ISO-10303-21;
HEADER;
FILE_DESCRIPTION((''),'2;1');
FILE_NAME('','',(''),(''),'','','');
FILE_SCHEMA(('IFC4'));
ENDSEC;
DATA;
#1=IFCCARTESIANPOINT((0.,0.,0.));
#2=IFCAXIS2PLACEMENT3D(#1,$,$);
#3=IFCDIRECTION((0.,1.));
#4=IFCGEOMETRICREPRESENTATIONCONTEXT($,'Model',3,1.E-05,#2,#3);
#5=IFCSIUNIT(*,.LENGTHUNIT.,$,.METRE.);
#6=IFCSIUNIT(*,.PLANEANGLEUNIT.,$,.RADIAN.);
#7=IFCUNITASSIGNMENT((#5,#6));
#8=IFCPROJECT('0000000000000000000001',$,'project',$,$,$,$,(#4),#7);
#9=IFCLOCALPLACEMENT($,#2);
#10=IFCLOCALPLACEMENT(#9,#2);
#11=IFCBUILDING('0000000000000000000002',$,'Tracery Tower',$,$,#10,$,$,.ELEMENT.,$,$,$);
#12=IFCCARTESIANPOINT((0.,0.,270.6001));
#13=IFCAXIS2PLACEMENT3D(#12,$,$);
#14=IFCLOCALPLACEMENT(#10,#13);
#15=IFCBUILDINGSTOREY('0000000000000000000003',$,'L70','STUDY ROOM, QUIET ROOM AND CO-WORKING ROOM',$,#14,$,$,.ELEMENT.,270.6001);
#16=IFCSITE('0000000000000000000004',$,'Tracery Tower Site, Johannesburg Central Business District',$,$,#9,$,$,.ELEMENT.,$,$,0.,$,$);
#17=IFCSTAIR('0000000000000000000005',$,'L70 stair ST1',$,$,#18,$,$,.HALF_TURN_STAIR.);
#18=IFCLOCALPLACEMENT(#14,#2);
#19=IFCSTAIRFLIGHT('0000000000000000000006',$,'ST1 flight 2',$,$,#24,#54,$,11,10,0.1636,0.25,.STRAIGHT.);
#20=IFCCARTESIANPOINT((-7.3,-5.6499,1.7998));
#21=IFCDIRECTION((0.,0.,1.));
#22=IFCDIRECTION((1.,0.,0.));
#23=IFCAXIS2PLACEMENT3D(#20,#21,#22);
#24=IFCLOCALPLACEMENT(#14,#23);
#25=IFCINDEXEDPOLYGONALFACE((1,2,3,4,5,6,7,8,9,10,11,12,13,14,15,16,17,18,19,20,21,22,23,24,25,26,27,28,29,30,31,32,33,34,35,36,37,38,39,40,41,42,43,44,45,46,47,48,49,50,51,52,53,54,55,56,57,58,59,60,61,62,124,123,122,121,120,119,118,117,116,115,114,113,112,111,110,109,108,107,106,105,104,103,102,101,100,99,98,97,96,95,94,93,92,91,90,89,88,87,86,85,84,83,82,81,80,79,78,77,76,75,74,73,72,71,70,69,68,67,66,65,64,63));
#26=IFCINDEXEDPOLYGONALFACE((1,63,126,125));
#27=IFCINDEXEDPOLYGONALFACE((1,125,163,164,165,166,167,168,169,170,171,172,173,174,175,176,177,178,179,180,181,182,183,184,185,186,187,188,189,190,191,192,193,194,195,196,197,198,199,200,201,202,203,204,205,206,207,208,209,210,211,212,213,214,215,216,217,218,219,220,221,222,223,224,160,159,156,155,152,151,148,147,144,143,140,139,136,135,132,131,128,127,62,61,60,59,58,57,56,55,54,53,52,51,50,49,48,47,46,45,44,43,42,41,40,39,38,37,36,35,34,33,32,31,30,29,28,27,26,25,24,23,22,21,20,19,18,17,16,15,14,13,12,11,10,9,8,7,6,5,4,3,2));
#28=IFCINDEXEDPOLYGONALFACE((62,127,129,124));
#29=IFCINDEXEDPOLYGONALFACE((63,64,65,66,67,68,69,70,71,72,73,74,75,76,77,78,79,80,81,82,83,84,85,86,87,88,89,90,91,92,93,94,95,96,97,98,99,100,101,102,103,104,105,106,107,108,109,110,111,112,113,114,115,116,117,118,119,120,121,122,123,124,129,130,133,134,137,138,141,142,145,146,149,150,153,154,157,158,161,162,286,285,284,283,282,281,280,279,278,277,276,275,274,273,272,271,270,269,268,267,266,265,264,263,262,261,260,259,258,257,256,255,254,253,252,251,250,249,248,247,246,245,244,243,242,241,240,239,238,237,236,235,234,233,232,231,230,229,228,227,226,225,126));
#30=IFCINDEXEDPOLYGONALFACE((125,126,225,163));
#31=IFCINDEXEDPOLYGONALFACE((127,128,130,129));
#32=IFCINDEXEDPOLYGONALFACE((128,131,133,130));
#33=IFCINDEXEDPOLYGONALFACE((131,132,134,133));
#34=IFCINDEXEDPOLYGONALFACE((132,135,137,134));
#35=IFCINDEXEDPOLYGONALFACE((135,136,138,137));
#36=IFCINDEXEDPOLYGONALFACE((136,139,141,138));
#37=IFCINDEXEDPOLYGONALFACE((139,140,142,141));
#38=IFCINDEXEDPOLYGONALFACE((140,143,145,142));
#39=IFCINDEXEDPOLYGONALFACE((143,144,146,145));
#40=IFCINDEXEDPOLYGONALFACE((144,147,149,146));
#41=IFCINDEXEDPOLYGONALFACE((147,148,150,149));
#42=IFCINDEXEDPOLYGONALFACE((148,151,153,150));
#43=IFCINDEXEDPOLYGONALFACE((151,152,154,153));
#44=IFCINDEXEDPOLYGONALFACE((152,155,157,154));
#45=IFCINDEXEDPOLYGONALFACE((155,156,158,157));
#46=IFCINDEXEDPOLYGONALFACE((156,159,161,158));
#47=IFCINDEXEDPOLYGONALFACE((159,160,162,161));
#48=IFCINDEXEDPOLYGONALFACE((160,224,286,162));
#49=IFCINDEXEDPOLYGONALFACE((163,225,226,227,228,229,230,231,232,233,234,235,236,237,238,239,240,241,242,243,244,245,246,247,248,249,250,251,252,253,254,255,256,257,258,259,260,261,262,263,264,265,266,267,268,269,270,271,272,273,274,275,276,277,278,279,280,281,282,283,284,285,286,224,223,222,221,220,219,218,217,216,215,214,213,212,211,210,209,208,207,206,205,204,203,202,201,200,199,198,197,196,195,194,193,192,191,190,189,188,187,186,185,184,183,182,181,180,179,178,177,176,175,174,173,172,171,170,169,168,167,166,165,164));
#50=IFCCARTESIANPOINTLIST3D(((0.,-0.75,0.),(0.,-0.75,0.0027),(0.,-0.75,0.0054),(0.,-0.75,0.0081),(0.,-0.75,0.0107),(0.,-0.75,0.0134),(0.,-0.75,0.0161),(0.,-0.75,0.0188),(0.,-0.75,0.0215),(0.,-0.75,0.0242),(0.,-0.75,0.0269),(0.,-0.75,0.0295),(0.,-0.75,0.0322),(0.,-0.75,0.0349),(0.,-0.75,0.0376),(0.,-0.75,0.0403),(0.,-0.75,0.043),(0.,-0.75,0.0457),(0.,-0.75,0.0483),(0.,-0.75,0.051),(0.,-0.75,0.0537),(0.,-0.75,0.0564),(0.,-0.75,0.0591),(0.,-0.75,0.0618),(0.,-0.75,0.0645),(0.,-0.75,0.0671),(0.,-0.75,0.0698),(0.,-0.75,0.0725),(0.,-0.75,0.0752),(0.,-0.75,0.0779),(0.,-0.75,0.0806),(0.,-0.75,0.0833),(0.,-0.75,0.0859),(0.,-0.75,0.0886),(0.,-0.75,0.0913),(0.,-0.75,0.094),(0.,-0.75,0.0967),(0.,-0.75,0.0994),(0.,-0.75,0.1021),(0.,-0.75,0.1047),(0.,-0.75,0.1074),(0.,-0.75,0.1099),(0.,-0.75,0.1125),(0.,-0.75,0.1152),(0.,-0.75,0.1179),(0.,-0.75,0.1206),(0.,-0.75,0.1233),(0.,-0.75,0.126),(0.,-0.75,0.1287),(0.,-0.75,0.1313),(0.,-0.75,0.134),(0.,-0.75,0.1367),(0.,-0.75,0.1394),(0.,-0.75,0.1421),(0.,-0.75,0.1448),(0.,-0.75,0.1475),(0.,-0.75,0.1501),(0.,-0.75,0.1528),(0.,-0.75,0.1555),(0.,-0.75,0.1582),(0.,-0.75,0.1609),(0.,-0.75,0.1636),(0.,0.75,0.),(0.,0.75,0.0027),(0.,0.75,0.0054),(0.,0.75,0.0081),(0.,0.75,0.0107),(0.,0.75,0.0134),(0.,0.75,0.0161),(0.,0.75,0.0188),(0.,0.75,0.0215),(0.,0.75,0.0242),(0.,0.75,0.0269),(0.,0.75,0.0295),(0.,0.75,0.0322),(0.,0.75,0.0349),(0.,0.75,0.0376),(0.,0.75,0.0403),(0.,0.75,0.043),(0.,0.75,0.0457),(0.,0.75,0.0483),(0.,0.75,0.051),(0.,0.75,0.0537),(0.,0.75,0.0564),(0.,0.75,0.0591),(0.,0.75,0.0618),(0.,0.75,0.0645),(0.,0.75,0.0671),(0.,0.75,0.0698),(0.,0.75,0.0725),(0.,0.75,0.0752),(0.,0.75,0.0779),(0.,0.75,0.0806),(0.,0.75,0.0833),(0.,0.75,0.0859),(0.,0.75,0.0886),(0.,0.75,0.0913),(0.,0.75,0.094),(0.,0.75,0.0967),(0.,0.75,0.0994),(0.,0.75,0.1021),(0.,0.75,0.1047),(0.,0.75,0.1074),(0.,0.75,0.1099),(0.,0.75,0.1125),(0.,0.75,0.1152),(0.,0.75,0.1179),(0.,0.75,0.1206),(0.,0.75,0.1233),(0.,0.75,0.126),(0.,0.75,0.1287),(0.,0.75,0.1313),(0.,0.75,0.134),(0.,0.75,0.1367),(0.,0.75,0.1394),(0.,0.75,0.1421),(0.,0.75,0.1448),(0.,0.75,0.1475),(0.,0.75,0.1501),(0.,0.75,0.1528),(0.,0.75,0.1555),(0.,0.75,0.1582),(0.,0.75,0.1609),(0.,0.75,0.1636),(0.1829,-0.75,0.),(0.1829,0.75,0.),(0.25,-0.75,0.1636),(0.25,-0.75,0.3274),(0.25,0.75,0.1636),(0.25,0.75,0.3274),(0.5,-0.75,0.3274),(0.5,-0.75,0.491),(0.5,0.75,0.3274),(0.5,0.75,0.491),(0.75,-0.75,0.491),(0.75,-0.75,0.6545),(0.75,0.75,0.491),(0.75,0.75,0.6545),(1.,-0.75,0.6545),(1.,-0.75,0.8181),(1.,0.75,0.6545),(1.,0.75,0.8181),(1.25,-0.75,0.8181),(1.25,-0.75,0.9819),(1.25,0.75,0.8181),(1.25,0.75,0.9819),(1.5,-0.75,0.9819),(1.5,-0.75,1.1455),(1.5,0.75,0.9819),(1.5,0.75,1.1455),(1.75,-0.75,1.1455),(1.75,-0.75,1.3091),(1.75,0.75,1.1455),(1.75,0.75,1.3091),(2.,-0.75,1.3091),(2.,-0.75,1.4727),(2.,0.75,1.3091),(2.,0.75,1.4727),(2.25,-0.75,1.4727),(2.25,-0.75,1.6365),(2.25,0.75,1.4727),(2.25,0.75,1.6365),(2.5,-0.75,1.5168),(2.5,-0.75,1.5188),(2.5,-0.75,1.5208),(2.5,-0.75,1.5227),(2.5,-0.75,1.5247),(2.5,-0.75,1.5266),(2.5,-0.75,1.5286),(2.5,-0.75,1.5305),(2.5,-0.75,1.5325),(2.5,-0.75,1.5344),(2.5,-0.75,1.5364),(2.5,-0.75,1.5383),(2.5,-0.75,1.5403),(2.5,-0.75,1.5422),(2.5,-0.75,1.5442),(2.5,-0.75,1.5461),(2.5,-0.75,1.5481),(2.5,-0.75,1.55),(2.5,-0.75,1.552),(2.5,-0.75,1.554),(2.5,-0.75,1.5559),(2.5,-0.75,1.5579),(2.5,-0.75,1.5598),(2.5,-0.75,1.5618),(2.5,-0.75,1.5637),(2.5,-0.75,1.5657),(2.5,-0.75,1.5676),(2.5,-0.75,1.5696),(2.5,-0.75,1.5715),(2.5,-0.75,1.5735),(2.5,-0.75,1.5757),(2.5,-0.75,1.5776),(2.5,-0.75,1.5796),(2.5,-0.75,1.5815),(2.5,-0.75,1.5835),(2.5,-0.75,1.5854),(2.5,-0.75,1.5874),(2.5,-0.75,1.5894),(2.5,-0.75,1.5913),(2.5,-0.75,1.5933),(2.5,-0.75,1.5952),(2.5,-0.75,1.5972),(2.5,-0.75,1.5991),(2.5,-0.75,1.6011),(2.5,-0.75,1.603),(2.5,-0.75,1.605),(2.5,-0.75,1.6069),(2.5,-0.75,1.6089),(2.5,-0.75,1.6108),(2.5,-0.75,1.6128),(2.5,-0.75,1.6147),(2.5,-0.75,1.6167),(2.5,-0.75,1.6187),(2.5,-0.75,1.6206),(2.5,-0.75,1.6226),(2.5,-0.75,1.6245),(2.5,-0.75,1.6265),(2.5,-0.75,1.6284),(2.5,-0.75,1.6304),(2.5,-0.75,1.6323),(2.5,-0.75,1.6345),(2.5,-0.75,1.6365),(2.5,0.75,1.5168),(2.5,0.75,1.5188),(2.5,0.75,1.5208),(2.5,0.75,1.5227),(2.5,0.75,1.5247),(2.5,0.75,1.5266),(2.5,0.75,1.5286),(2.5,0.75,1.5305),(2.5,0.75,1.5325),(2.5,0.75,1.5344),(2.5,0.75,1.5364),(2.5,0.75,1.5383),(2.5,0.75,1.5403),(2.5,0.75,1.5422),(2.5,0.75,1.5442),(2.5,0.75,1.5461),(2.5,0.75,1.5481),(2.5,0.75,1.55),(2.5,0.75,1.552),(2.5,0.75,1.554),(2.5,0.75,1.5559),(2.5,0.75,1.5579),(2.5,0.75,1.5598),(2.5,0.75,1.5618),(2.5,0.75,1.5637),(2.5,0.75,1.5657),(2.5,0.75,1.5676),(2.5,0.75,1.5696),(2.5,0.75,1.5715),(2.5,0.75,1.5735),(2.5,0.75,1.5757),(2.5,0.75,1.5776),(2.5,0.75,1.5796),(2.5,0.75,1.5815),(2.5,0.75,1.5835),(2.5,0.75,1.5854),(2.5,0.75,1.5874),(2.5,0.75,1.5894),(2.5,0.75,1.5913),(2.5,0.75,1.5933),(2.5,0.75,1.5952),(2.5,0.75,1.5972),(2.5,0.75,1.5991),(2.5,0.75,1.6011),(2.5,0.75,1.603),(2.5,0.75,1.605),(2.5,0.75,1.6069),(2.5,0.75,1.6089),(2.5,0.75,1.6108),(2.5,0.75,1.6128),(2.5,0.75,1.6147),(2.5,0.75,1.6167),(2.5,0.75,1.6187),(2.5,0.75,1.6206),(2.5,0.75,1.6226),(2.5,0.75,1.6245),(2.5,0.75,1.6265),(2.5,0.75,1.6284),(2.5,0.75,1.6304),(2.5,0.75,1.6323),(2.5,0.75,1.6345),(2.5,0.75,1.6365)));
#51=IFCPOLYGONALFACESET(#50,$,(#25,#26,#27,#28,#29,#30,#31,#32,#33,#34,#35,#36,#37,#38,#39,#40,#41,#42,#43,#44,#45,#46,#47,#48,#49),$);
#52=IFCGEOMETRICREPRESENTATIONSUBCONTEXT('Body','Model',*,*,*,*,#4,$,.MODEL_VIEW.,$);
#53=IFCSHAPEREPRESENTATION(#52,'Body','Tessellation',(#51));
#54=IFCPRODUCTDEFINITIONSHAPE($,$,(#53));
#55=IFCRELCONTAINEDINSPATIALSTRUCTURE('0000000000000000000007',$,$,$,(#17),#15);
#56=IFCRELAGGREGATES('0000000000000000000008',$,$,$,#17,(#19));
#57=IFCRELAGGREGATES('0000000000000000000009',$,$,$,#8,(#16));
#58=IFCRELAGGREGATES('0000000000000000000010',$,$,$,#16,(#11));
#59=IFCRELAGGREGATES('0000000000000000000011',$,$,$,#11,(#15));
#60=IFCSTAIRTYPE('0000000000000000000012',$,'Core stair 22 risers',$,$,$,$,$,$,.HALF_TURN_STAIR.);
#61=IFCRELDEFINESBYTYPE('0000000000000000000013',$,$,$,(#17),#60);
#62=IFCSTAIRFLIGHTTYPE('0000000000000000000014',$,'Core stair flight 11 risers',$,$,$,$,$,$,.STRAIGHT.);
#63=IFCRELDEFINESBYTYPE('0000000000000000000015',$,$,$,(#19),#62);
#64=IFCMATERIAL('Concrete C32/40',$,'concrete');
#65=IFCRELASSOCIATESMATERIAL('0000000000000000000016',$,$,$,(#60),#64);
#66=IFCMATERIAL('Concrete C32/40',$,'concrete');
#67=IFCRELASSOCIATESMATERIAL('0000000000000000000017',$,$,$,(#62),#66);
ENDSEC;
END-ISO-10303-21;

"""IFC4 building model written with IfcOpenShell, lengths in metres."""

from ifc_helpers import new_model, si_unit, direction, frame, origin, place, context, subcontext, project, spatial, polyline, outline, extrude, material, type_object, element, aggregate, save


model = new_model("IFC4")

# Units and contexts
model_context = context("Model", 3, precision=1e-05, world=origin(), true_north=direction((0.0, 1.0)))
body_context = subcontext(model_context, "Body", "Model", "MODEL_VIEW")
ifc_project = project(units=[si_unit("LENGTHUNIT", "METRE"), si_unit("PLANEANGLEUNIT", "RADIAN")], contexts=[model_context])

# Site, building, storey
site_placement = place(None, origin())
site = spatial("IfcSite", under=ifc_project, at=site_placement, Name="Tracery Tower Site, Johannesburg Central Business District", CompositionType="ELEMENT", RefElevation=0.0)
building_placement = place(site_placement, origin())
building = spatial("IfcBuilding", under=site, at=building_placement, Name="Tracery Tower", CompositionType="ELEMENT")
storey_placement = place(building_placement, frame((0.0, 0.0, 270.6001)))
storey = spatial("IfcBuildingStorey", under=building, at=storey_placement, Name="L70", Description="STUDY ROOM, QUIET ROOM AND CO-WORKING ROOM", CompositionType="ELEMENT", Elevation=270.6001)

# Stair, stair flight
ifc_material_1 = material(Name="Concrete C32/40", Category="concrete")
stair_type = type_object("IfcStairType", Name="Core stair 22 risers", PredefinedType="HALF_TURN_STAIR", material=ifc_material_1)
stair_placement = place(storey_placement, origin())
stair = element("IfcStair", 1, at=stair_placement, inside=storey, type_object=stair_type, Name="L70 stair ST1", PredefinedType="HALF_TURN_STAIR")
ifc_material_2 = material(Name="Concrete C32/40", Category="concrete")
stair_flight_type = type_object("IfcStairFlightType", Name="Core stair flight 11 risers", PredefinedType="STRAIGHT", material=ifc_material_2)
stair_flight_1_placement = place(storey_placement, frame((-7.3, -5.6499, 1.7998), z_axis=(0.0, 0.0, 1.0), x_axis=(1.0, 0.0, 0.0)))
stair_flight_1 = element("IfcStairFlight", 2, at=stair_flight_1_placement, type_object=stair_flight_type, Name="ST1 flight 2", NumberOfRisers=11, NumberOfTreads=10, PredefinedType="STRAIGHT", RiserHeight=0.1636, TreadLength=0.25, context=body_context, shape_type="SweptSolid", body=[
    extrude(outline(polyline([(0.0, 0.0), (0.0, 0.0027), (0.0, 0.0054), (0.0, 0.0081), (0.0, 0.0107), (0.0, 0.0134), (0.0, 0.0161), (0.0, 0.0188), (0.0, 0.0215), (0.0, 0.0242), (0.0, 0.0269), (0.0, 0.0295), (0.0, 0.0322), (0.0, 0.0349), (0.0, 0.0376), (0.0, 0.0403), (0.0, 0.043), (0.0, 0.0457), (0.0, 0.0483), (0.0, 0.051), (0.0, 0.0537), (0.0, 0.0564), (0.0, 0.0591), (0.0, 0.0618), (0.0, 0.0645), (0.0, 0.0671), (0.0, 0.0698), (0.0, 0.0725), (0.0, 0.0752), (0.0, 0.0779), (0.0, 0.0806), (0.0, 0.0833), (0.0, 0.0859), (0.0, 0.0886), (0.0, 0.0913), (0.0, 0.094), (0.0, 0.0967), (0.0, 0.0994), (0.0, 0.1021), (0.0, 0.1047), (0.0, 0.1074), (0.0, 0.1099), (0.0, 0.1125), (0.0, 0.1152), (0.0, 0.1179), (0.0, 0.1206), (0.0, 0.1233), (0.0, 0.126), (0.0, 0.1287), (0.0, 0.1313), (0.0, 0.134), (0.0, 0.1367), (0.0, 0.1394), (0.0, 0.1421), (0.0, 0.1448), (0.0, 0.1475), (0.0, 0.1501), (0.0, 0.1528), (0.0, 0.1555), (0.0, 0.1582), (0.0, 0.1609), (0.0, 0.1636), (0.25, 0.1636), (0.25, 0.3274), (0.5, 0.3274), (0.5, 0.491), (0.75, 0.491), (0.75, 0.6545), (1.0, 0.6545), (1.0, 0.8181), (1.25, 0.8181), (1.25, 0.9819), (1.5, 0.9819), (1.5, 1.1455), (1.75, 1.1455), (1.75, 1.3091), (2.0, 1.3091), (2.0, 1.4727), (2.25, 1.4727), (2.25, 1.6365), (2.5, 1.6365), (2.5, 1.6345), (2.5, 1.6323), (2.5, 1.6304), (2.5, 1.6284), (2.5, 1.6265), (2.5, 1.6245), (2.5, 1.6226), (2.5, 1.6206), (2.5, 1.6187), (2.5, 1.6167), (2.5, 1.6147), (2.5, 1.6128), (2.5, 1.6108), (2.5, 1.6089), (2.5, 1.6069), (2.5, 1.605), (2.5, 1.603), (2.5, 1.6011), (2.5, 1.5991), (2.5, 1.5972), (2.5, 1.5952), (2.5, 1.5933), (2.5, 1.5913), (2.5, 1.5894), (2.5, 1.5874), (2.5, 1.5854), (2.5, 1.5835), (2.5, 1.5815), (2.5, 1.5796), (2.5, 1.5776), (2.5, 1.5757), (2.5, 1.5735), (2.5, 1.5715), (2.5, 1.5696), (2.5, 1.5676), (2.5, 1.5657), (2.5, 1.5637), (2.5, 1.5618), (2.5, 1.5598), (2.5, 1.5579), (2.5, 1.5559), (2.5, 1.554), (2.5, 1.552), (2.5, 1.55), (2.5, 1.5481), (2.5, 1.5461), (2.5, 1.5442), (2.5, 1.5422), (2.5, 1.5403), (2.5, 1.5383), (2.5, 1.5364), (2.5, 1.5344), (2.5, 1.5325), (2.5, 1.5305), (2.5, 1.5286), (2.5, 1.5266), (2.5, 1.5247), (2.5, 1.5227), (2.5, 1.5208), (2.5, 1.5188), (2.5, 1.5168), (0.1829, 0.0), (0.0, 0.0)])), frame((0.0, 0.75, 0.0), z_axis=(0.0, -1.0, 0.0), x_axis=(1.0, 0.0, 0.0)), (0.0, 0.0, 1.0), 1.5),
])
aggregate(stair, [stair_flight_1])

save(model, "model.ifc")
